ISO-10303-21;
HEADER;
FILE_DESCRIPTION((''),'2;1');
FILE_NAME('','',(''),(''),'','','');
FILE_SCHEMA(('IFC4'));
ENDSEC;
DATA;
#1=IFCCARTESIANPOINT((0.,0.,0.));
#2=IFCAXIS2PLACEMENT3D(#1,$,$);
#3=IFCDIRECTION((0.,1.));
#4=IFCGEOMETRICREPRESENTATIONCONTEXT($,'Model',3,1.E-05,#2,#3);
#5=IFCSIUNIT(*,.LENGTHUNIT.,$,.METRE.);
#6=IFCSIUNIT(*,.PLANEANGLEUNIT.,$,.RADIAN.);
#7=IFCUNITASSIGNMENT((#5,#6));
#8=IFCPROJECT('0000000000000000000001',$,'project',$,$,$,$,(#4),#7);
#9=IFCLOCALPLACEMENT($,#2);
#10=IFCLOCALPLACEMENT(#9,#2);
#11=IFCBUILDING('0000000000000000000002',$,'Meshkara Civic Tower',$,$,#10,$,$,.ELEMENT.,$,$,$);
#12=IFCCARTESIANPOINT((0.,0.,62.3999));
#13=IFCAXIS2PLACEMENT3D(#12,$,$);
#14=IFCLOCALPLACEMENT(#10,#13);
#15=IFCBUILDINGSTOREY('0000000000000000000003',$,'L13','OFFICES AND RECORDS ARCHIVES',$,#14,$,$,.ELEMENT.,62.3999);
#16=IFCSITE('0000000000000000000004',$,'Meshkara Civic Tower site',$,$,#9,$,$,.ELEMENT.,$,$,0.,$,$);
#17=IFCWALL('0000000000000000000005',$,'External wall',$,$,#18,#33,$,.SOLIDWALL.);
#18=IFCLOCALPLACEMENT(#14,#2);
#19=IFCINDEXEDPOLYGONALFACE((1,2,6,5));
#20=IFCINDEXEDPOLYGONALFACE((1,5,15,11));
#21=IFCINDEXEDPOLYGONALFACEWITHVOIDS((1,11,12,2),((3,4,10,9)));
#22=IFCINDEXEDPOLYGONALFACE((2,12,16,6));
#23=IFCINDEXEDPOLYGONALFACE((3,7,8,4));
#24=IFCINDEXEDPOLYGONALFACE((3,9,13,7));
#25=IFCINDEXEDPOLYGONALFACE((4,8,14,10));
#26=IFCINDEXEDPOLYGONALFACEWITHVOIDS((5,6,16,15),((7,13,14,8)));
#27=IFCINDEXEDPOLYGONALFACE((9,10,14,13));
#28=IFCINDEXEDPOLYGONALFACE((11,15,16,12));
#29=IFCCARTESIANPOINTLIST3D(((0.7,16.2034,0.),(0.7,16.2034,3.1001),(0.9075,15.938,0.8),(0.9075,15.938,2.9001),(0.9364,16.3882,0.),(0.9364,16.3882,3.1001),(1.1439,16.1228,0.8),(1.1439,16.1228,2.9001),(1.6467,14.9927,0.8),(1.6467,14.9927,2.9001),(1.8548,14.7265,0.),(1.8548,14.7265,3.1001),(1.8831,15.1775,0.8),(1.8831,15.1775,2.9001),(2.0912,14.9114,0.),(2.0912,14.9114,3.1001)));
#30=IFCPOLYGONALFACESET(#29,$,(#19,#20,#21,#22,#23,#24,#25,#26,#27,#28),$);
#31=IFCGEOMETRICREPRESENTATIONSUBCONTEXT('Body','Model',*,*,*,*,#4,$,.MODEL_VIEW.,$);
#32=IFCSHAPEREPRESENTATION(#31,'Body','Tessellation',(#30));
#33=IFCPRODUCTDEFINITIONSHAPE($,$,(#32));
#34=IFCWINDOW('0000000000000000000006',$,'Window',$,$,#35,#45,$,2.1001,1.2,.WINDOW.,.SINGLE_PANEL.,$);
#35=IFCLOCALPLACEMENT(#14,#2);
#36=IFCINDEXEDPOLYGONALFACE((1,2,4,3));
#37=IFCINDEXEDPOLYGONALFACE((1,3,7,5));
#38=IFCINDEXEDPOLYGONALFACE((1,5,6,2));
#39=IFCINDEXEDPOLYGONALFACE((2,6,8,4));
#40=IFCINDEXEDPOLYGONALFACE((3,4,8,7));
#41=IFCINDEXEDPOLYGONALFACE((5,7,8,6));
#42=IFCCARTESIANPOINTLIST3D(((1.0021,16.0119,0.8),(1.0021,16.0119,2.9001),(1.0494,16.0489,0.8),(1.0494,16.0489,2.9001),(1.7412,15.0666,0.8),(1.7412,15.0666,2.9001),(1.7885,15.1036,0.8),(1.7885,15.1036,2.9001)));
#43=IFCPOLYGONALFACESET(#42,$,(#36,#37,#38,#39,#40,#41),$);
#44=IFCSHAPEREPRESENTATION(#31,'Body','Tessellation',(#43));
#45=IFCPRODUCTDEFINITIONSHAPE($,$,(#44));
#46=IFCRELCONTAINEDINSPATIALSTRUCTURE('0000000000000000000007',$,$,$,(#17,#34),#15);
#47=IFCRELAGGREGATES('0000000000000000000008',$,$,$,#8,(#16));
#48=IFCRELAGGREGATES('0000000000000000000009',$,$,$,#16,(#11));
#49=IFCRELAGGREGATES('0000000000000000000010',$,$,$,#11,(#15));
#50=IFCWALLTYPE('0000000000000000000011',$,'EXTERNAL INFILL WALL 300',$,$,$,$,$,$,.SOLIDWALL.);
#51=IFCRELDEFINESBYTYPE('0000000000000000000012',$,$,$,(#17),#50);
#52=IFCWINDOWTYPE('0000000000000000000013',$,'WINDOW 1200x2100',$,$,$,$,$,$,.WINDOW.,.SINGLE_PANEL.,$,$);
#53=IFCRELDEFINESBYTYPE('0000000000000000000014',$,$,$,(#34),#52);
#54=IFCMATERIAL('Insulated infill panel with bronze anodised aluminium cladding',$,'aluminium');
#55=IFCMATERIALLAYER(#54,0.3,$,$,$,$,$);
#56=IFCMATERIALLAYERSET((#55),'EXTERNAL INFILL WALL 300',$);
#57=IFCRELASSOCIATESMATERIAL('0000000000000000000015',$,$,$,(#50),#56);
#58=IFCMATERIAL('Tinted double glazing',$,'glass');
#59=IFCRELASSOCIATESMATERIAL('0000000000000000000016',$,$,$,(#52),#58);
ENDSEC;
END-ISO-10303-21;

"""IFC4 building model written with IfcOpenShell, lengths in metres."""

from ifc_helpers import new_model, si_unit, direction, frame, frame_2d, origin, place, context, subcontext, project, spatial, rectangle, extrude, material, layer, layer_set, type_object, element, fill, save


model = new_model("IFC4")

# Units and contexts
model_context = context("Model", 3, precision=1e-05, world=origin(), true_north=direction((0.0, 1.0)))
body_context = subcontext(model_context, "Body", "Model", "MODEL_VIEW")
ifc_project = project(units=[si_unit("LENGTHUNIT", "METRE"), si_unit("PLANEANGLEUNIT", "RADIAN")], contexts=[model_context])

# Site, building, storey
site_placement = place(None, origin())
site = spatial("IfcSite", under=ifc_project, at=site_placement, Name="Meshkara Civic Tower site", CompositionType="ELEMENT", RefElevation=0.0)
building_placement = place(site_placement, origin())
building = spatial("IfcBuilding", under=site, at=building_placement, Name="Meshkara Civic Tower", CompositionType="ELEMENT")
storey_placement = place(building_placement, frame((0.0, 0.0, 62.3999)))
storey = spatial("IfcBuildingStorey", under=building, at=storey_placement, Name="L13", Description="OFFICES AND RECORDS ARCHIVES", CompositionType="ELEMENT", Elevation=62.3999)

# Wall, opening, window
ifc_material_1 = material(Name="Insulated infill panel with bronze anodised aluminium cladding", Category="aluminium")
ifc_layer = layer(ifc_material_1, 0.3)
ifc_layer_set = layer_set([ifc_layer], Name="EXTERNAL INFILL WALL 300")
wall_type = type_object("IfcWallType", Name="EXTERNAL INFILL WALL 300", PredefinedType="SOLIDWALL", material=ifc_layer_set)
wall_1_placement = place(storey_placement, frame((0.8181, 16.2959, 0.0), z_axis=(0.0, 0.0, 1.0), x_axis=(0.615985, -0.787758, 0.0)))
wall_1 = element("IfcWall", 1, at=wall_1_placement, inside=storey, type_object=wall_type, Name="External wall", PredefinedType="SOLIDWALL", context=body_context, shape_type="SweptSolid", body=[
    extrude(rectangle(XDim=1.8748, YDim=0.3, at=frame_2d((0.9375, 0.0))), origin(), (0.0, 0.0, 1.0), 3.1001),
])
opening_1_placement = place(wall_1_placement, frame((0.3369, 0.0, 0.8)))
opening_1 = element("IfcOpeningElement", 2, at=opening_1_placement, cuts=wall_1, PredefinedType="OPENING", context=body_context, shape_type="SweptSolid", body=[
    extrude(rectangle(XDim=1.2, YDim=2.1001, at=frame_2d((0.6001, 1.05))), frame((0.0, 0.1599, 0.0), z_axis=(0.0, -1.0, 0.0), x_axis=(1.0, 0.0, 0.0)), (0.0, 0.0, 1.0), 0.3201),
])
ifc_material_2 = material(Name="Tinted double glazing", Category="glass")
window_type_1 = type_object("IfcWindowType", Name="WINDOW 1200x2100", PartitioningType="SINGLE_PANEL", PredefinedType="WINDOW", material=ifc_material_2)
window_1_placement = place(opening_1_placement, origin())
window_1 = element("IfcWindow", 3, at=window_1_placement, inside=storey, type_object=window_type_1, Name="Window", OverallHeight=2.1001, OverallWidth=1.2, PartitioningType="SINGLE_PANEL", PredefinedType="WINDOW", context=body_context, shape_type="SweptSolid", body=[
    extrude(rectangle(XDim=1.2, YDim=2.1001, at=frame_2d((0.6001, 1.05))), frame((0.0, 0.03, 0.0), z_axis=(0.0, -1.0, 0.0), x_axis=(1.0, 0.0, 0.0)), (0.0, 0.0, 1.0), 0.0601),
])
fill(opening_1, window_1)

save(model, "model.ifc")
